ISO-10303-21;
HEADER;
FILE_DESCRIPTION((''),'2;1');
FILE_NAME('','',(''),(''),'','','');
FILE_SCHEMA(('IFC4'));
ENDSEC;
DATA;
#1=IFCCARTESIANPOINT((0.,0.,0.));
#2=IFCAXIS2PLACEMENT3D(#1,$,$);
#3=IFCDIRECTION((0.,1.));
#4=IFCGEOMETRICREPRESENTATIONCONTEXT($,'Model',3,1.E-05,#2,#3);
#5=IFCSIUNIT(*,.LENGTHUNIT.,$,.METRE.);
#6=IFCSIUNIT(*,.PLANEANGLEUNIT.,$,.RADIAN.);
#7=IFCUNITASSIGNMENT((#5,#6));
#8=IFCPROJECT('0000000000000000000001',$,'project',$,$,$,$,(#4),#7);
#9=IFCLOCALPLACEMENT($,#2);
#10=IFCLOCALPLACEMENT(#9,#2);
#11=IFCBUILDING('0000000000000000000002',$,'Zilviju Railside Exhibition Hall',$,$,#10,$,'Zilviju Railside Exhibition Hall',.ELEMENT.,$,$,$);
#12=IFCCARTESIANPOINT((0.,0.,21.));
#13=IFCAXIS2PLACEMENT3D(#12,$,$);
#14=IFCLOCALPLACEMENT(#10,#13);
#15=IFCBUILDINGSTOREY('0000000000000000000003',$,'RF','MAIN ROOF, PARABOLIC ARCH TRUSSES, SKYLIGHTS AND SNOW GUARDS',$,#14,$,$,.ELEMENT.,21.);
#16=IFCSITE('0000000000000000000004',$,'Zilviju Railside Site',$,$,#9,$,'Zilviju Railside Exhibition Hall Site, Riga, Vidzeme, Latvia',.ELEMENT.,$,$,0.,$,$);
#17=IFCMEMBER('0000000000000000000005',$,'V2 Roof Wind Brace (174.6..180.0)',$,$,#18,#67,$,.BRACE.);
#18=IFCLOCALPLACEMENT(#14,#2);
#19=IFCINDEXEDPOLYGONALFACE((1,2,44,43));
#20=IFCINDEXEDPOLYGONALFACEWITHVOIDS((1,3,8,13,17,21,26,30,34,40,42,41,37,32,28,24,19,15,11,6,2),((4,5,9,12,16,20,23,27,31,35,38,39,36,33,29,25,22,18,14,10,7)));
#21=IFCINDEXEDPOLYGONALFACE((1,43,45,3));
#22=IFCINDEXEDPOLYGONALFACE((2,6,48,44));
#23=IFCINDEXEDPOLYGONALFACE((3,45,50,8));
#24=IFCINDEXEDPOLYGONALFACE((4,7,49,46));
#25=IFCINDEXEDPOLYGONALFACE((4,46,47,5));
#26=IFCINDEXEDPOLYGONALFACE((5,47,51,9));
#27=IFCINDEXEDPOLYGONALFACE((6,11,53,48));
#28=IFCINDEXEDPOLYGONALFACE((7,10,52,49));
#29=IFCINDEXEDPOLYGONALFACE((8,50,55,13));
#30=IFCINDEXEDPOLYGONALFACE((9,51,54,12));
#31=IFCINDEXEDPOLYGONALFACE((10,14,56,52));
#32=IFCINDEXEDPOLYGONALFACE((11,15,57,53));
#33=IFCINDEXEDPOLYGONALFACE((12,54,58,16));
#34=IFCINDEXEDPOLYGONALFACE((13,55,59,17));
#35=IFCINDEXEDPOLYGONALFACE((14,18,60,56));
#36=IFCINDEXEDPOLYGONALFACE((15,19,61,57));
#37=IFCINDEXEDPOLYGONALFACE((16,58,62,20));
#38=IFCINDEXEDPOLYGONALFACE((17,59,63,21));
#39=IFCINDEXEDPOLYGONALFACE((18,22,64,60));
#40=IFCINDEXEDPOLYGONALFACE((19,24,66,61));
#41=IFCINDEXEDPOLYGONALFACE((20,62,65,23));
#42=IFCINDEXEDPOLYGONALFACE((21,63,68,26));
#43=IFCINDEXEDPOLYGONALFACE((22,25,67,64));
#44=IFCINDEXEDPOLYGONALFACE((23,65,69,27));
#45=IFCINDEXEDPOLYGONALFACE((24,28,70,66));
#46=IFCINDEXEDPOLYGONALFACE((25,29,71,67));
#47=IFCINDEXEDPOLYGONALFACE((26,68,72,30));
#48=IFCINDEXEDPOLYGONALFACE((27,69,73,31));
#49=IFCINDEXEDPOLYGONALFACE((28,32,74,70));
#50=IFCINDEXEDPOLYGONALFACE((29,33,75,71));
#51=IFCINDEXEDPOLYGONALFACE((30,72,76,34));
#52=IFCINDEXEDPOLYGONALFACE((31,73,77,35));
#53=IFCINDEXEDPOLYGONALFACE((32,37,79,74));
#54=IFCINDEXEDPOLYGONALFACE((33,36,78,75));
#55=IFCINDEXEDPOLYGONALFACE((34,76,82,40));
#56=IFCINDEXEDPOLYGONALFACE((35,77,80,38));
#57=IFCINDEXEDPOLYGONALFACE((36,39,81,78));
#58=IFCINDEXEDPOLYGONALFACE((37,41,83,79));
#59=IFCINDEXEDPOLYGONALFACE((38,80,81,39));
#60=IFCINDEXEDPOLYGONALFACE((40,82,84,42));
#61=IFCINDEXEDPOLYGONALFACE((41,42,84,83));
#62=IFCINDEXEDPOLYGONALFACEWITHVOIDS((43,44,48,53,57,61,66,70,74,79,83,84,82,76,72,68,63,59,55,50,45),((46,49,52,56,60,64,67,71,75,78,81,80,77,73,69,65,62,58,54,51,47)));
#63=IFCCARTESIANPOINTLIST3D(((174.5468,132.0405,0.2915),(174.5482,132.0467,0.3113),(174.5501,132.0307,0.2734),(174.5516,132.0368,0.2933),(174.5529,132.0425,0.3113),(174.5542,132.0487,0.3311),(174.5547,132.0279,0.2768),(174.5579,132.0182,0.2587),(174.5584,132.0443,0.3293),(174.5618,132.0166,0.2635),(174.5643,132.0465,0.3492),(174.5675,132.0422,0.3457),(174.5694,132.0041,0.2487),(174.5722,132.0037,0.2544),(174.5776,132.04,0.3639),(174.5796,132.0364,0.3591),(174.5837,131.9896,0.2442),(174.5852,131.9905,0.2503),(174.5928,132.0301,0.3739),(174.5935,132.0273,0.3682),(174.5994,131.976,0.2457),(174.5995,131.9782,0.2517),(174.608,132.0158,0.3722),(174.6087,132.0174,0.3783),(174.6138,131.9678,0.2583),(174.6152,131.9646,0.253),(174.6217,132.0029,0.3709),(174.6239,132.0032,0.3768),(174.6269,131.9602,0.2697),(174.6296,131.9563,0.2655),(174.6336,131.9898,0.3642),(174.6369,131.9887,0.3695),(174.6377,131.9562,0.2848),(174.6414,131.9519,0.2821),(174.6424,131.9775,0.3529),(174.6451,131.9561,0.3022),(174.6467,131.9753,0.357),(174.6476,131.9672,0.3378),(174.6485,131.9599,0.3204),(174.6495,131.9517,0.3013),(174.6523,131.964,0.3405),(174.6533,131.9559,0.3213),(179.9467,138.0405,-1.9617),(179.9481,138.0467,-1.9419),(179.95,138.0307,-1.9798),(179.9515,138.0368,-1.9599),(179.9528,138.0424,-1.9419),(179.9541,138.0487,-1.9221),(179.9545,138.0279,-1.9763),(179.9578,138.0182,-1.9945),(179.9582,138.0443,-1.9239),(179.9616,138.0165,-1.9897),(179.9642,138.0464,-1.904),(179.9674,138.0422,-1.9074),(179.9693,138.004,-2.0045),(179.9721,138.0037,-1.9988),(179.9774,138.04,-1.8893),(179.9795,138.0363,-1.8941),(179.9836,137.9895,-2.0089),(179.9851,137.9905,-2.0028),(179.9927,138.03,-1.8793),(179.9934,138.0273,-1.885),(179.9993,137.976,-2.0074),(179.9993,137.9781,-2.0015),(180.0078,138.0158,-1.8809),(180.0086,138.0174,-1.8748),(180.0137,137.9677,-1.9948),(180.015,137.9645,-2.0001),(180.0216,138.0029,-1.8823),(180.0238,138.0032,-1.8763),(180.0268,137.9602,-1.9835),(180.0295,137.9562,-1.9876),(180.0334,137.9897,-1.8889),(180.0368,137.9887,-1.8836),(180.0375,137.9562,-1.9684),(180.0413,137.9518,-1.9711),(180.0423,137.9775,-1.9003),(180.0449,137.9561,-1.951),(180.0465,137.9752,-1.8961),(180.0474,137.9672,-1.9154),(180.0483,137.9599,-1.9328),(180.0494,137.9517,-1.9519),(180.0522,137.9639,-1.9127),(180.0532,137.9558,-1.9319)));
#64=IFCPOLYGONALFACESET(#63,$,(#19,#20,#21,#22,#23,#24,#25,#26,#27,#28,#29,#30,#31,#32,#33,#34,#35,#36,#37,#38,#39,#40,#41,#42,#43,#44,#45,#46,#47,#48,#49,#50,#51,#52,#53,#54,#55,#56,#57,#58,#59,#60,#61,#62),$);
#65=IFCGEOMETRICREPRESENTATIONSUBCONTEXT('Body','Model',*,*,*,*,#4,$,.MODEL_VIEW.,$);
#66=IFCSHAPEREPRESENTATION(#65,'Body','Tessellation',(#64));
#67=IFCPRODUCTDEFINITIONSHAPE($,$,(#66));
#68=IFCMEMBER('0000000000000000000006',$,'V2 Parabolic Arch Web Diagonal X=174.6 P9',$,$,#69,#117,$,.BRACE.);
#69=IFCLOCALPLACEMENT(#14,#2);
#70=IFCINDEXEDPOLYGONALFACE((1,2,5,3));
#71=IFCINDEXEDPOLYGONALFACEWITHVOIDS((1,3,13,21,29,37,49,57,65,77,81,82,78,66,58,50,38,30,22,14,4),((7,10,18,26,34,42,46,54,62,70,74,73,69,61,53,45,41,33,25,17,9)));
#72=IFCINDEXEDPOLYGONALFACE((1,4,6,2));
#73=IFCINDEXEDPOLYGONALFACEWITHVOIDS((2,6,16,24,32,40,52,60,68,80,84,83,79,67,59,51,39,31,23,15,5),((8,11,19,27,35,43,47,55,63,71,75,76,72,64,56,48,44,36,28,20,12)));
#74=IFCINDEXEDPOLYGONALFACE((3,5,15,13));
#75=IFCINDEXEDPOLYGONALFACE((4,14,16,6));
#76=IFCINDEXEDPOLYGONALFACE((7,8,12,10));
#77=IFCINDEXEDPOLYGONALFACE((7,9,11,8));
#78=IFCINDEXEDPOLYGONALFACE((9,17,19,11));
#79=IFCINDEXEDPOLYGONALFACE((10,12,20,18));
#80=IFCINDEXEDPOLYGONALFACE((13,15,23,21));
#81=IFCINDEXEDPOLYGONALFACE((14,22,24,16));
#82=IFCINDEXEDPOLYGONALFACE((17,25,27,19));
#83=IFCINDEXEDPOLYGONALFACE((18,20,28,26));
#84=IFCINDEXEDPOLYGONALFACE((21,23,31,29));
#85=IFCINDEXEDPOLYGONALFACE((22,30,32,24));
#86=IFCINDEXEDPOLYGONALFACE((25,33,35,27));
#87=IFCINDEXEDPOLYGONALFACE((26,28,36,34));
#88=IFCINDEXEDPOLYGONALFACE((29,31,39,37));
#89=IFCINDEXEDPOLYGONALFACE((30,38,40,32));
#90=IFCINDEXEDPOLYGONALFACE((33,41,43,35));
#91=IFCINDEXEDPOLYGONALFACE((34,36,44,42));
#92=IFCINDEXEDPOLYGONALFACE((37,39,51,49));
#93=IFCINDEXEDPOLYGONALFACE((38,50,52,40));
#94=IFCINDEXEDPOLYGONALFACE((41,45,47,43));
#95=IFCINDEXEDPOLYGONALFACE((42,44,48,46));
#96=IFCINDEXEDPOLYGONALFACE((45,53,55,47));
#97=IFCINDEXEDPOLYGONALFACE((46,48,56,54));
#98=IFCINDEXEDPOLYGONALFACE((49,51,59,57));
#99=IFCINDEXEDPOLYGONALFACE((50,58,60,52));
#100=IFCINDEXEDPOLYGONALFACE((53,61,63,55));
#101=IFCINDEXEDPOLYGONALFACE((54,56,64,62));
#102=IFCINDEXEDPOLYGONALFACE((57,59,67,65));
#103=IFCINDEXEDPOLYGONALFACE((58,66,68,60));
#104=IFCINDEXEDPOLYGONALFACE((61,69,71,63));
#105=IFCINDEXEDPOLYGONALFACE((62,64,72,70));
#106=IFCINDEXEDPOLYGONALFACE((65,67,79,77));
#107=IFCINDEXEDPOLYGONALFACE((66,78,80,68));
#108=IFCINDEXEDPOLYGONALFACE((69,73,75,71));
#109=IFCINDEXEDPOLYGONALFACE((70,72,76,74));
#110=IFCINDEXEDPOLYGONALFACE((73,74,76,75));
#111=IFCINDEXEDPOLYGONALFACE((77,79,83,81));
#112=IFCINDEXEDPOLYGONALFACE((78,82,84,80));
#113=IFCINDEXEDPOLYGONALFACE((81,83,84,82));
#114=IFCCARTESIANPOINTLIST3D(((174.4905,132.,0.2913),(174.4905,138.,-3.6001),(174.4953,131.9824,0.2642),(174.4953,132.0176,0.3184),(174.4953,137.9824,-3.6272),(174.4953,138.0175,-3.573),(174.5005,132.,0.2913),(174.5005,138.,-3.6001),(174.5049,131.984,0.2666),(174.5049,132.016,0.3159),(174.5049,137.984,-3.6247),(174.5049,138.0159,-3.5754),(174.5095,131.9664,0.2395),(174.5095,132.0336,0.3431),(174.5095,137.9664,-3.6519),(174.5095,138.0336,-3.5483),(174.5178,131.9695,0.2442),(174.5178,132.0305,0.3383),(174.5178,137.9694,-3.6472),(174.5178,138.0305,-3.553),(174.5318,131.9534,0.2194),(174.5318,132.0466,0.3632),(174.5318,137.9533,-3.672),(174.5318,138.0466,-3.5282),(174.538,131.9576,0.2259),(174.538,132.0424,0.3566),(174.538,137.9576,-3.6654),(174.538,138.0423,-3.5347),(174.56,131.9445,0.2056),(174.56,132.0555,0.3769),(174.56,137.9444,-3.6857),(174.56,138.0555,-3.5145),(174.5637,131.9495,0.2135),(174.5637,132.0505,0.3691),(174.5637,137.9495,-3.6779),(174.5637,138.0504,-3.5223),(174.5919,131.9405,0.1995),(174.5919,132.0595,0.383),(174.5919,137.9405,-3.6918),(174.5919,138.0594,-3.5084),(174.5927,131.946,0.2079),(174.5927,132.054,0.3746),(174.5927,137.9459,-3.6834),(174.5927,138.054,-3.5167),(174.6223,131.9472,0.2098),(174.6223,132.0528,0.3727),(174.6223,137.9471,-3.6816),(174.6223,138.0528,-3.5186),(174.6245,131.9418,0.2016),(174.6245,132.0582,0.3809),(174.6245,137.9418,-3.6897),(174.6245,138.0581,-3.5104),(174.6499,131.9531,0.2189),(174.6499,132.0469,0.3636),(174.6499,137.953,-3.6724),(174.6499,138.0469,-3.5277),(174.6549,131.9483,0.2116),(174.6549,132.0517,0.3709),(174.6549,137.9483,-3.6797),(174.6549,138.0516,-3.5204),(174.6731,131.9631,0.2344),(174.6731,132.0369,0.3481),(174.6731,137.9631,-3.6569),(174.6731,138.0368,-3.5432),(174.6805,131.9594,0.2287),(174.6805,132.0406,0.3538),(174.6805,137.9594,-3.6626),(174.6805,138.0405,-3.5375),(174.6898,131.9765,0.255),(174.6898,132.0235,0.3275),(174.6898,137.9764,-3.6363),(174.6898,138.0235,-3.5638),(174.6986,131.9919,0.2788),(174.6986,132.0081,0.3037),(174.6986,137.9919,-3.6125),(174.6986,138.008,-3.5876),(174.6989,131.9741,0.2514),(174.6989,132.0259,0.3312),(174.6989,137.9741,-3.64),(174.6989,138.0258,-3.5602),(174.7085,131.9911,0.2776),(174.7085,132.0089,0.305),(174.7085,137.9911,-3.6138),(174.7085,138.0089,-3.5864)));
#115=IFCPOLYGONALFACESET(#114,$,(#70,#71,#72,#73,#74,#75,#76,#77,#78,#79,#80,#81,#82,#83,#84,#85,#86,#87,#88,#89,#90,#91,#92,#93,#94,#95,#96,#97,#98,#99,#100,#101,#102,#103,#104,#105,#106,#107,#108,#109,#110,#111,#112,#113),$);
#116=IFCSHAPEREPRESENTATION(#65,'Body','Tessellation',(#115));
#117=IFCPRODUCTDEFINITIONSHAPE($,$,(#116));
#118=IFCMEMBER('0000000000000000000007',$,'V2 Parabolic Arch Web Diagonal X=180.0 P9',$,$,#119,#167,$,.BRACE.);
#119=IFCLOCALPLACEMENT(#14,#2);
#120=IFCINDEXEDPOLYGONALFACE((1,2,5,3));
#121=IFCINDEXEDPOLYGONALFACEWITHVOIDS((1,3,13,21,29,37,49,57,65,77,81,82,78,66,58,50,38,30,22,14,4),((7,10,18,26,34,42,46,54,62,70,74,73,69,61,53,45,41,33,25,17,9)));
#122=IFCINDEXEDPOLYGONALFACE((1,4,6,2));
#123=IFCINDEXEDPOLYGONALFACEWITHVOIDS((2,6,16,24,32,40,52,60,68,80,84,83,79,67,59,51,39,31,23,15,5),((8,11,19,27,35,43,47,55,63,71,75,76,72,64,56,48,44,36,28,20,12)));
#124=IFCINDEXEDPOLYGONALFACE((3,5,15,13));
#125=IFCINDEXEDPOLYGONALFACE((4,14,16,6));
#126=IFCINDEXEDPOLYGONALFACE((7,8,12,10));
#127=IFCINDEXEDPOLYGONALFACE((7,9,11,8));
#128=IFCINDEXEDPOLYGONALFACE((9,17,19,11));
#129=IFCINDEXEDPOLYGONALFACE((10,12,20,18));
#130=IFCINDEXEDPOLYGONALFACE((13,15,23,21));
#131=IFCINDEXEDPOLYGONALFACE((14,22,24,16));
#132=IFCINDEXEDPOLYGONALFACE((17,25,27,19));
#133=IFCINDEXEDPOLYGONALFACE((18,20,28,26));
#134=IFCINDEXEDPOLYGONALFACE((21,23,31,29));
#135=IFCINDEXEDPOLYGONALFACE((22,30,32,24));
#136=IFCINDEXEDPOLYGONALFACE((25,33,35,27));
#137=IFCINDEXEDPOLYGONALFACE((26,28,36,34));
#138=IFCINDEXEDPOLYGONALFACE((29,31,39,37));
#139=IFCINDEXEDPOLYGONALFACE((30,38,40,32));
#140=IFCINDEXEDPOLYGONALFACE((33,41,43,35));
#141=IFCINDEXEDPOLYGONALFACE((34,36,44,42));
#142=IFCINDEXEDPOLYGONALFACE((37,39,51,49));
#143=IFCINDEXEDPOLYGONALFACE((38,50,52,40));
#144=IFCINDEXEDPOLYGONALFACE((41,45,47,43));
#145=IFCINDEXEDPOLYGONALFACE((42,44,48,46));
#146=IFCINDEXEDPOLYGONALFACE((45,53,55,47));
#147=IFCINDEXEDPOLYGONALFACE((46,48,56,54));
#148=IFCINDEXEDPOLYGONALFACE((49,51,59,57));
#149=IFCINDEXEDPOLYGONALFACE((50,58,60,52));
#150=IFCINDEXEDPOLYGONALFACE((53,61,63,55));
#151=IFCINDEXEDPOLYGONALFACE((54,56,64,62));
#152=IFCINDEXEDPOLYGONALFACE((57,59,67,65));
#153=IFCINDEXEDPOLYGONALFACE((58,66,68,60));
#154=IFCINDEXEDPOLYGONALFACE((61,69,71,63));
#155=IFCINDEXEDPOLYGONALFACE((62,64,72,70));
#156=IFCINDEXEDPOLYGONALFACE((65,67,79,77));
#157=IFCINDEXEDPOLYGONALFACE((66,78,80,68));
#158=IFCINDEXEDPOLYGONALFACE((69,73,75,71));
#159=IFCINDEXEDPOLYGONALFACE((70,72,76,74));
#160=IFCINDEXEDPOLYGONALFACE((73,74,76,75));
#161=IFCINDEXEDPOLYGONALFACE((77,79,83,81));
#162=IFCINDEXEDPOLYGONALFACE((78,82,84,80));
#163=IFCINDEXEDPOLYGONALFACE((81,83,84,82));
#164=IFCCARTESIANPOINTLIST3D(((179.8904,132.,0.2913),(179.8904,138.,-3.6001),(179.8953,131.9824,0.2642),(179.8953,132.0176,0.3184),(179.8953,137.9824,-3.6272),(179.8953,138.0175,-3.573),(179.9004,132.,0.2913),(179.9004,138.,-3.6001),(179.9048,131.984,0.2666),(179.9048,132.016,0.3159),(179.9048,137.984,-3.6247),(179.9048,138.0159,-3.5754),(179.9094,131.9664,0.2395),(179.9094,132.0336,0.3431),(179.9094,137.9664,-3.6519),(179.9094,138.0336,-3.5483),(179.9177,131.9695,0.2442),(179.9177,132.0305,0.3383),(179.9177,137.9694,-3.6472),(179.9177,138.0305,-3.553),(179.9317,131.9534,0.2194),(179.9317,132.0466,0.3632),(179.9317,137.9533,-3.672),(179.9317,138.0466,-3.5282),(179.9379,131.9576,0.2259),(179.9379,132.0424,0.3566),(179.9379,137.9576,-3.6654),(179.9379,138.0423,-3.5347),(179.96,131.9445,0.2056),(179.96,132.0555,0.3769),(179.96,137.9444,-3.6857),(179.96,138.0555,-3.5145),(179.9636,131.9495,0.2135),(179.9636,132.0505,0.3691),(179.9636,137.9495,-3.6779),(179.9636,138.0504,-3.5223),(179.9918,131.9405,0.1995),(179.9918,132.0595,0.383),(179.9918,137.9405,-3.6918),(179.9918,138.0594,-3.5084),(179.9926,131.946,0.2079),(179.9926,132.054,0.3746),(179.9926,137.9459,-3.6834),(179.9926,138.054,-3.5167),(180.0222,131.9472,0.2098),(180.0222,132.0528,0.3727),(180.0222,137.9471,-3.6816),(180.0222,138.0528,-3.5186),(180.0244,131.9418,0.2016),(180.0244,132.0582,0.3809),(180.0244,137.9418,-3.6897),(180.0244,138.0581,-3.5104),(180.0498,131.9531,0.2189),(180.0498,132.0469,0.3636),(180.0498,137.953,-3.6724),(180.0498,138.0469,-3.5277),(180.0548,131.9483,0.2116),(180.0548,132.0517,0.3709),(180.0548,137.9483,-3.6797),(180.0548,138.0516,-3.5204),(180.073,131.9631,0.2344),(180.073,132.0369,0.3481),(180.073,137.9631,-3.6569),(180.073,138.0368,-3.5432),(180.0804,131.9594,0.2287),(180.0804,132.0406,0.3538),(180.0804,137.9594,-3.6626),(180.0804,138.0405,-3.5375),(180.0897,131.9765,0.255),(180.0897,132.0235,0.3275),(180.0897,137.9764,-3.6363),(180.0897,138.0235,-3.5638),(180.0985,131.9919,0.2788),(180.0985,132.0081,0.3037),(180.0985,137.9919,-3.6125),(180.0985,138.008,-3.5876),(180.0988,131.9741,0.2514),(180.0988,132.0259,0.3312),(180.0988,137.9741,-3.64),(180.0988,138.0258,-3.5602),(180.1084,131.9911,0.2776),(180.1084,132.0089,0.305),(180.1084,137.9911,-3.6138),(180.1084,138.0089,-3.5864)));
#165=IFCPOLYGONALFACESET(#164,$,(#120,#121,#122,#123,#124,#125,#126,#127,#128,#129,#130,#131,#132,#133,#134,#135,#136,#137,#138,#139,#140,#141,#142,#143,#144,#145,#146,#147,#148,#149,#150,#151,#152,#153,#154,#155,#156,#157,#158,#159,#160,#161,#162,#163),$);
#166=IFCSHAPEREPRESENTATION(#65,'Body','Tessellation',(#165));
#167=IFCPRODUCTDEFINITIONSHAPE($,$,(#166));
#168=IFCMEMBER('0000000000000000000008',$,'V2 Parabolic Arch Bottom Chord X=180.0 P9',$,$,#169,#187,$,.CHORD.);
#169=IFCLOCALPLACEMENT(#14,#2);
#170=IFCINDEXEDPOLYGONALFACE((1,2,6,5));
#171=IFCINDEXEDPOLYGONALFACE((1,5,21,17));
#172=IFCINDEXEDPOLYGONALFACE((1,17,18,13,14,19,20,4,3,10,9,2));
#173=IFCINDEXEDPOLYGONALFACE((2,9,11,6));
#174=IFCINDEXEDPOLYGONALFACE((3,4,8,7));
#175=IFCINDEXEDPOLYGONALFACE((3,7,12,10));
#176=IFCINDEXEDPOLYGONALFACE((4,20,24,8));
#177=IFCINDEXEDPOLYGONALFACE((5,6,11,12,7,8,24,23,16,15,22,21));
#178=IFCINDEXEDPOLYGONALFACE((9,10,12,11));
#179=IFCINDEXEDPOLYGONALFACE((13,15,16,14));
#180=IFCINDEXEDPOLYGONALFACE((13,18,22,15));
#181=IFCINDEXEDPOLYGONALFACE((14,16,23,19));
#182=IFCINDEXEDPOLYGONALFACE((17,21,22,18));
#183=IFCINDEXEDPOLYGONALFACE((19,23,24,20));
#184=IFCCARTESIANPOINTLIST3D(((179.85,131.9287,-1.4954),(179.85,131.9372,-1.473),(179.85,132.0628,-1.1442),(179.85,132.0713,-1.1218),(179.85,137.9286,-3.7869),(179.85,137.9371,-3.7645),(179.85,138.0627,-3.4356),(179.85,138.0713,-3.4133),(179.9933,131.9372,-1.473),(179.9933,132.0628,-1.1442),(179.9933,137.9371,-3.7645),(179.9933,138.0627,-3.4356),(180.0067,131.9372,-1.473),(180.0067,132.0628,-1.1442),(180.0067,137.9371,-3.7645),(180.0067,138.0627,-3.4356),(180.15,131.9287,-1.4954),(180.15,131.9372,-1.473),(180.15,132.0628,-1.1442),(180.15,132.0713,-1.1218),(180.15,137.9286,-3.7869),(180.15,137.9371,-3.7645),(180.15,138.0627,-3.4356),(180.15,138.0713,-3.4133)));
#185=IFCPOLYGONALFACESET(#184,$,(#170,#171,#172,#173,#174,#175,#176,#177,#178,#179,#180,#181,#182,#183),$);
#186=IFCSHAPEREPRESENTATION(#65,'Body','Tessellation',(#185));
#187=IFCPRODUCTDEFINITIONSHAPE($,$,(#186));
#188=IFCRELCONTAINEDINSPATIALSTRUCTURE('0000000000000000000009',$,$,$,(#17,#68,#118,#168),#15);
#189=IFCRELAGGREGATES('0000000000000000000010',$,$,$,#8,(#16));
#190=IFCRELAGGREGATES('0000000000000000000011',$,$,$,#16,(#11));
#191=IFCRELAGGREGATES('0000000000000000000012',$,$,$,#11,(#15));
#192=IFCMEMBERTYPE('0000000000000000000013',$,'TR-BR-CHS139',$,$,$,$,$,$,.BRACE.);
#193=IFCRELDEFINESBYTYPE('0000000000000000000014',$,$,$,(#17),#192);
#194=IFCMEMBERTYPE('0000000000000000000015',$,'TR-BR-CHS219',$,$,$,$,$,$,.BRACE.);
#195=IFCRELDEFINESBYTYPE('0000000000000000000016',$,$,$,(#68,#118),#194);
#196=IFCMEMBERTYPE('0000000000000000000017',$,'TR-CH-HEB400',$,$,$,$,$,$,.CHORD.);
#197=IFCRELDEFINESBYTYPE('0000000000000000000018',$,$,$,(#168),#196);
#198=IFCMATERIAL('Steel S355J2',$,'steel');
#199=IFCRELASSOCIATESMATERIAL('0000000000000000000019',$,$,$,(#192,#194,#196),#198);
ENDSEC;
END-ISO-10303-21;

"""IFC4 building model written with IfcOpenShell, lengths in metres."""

from ifc_helpers import new_model, si_unit, direction, frame, origin, origin_2d, place, context, subcontext, project, spatial, hollow_circle, i_section, extrude, material, material_profile, profile_set, type_object, element, save


model = new_model("IFC4")

# Units and contexts
model_context = context("Model", 3, precision=1e-05, world=origin(), true_north=direction((0.0, 1.0)))
body_context = subcontext(model_context, "Body", "Model", "MODEL_VIEW")
ifc_project = project(units=[si_unit("LENGTHUNIT", "METRE"), si_unit("PLANEANGLEUNIT", "RADIAN")], contexts=[model_context])

# Site, building, storey
site_placement = place(None, origin())
site = spatial("IfcSite", under=ifc_project, at=site_placement, Name="Zilviju Railside Site", LongName="Zilviju Railside Exhibition Hall Site, Riga, Vidzeme, Latvia", CompositionType="ELEMENT", RefElevation=0.0)
building_placement = place(site_placement, origin())
building = spatial("IfcBuilding", under=site, at=building_placement, Name="Zilviju Railside Exhibition Hall", LongName="Zilviju Railside Exhibition Hall", CompositionType="ELEMENT")
storey_placement = place(building_placement, frame((0.0, 0.0, 21.0)))
storey = spatial("IfcBuildingStorey", under=building, at=storey_placement, Name="RF", Description="MAIN ROOF, PARABOLIC ARCH TRUSSES, SKYLIGHTS AND SNOW GUARDS", CompositionType="ELEMENT", Elevation=21.0)

# Shared definitions
ifc_material_1 = material(Name="Steel S355J2", Category="steel")

# Members
ifc_material_profile_1 = material_profile(ifc_material_1, hollow_circle(Radius=0.0698, WallThickness=0.0063, at=origin_2d()), Name="CHS 139.7x6.3")
ifc_profile_set_1 = profile_set([ifc_material_profile_1], Name="Steel S355J2")
member_type_1 = type_object("IfcMemberType", Name="TR-BR-CHS139", PredefinedType="BRACE", material=ifc_profile_set_1)
member_1_placement = place(storey_placement, frame((174.6001, 132.0, 0.3113), z_axis=(0.644328, 0.715933, -0.268853), x_axis=(-0.7433, 0.668958, 0.0)))
element("IfcMember", 1, at=member_1_placement, inside=storey, type_object=member_type_1, Name="V2 Roof Wind Brace (174.6..180.0)", PredefinedType="BRACE", context=body_context, shape_type="SweptSolid", body=[
    extrude(hollow_circle(Radius=0.0698, WallThickness=0.0063, at=origin_2d()), origin(), (0.0, 0.0, 1.0), 8.3806),
])
ifc_material_profile_2 = material_profile(ifc_material_1, hollow_circle(Radius=0.1096, WallThickness=0.01, at=origin_2d()), Name="CHS 219.1x10.0")
ifc_profile_set_2 = profile_set([ifc_material_profile_2], Name="Steel S355J2")
member_type_2 = type_object("IfcMemberType", Name="TR-BR-CHS219", PredefinedType="BRACE", material=ifc_profile_set_2)
for number, where, z_axis, x_axis, name in (
    (2, (174.6001, 132.0, 0.2913), (0.0, 0.838995, -0.544139), (-1.0, 0.0, 0.0), "V2 Parabolic Arch Web Diagonal X=174.6 P9"),
    (3, (180.0, 132.0, 0.2913), (0.0, 0.838995, -0.544139), (-1.0, 0.0, 0.0), "V2 Parabolic Arch Web Diagonal X=180.0 P9"),
):
    element("IfcMember", number, at=place(storey_placement, frame(where, z_axis=z_axis, x_axis=x_axis)), inside=storey, type_object=member_type_2, Name=name, PredefinedType="BRACE", context=body_context, shape_type="SweptSolid", body=[
        extrude(hollow_circle(Radius=0.1096, WallThickness=0.01, at=origin_2d()), origin(), (0.0, 0.0, 1.0), 7.1514),
    ])
ifc_material_profile_3 = material_profile(ifc_material_1, i_section(OverallWidth=0.3, OverallDepth=0.3999, WebThickness=0.0134, FlangeThickness=0.0239, at=origin_2d()), Name="HEB 400")
ifc_profile_set_3 = profile_set([ifc_material_profile_3], Name="Steel S355J2")
member_type_3 = type_object("IfcMemberType", Name="TR-CH-HEB400", PredefinedType="CHORD", material=ifc_profile_set_3)
member_2_placement = place(storey_placement, frame((180.0, 132.0, -1.3086), z_axis=(0.0, 0.934188, -0.356782), x_axis=(-1.0, 0.0, 0.0)))
element("IfcMember", 4, at=member_2_placement, inside=storey, type_object=member_type_3, Name="V2 Parabolic Arch Bottom Chord X=180.0 P9", PredefinedType="CHORD", context=body_context, shape_type="SweptSolid", body=[
    extrude(i_section(OverallWidth=0.3, OverallDepth=0.3999, WebThickness=0.0134, FlangeThickness=0.0239, at=origin_2d()), origin(), (0.0, 0.0, 1.0), 6.4226),
])

save(model, "model.ifc")
